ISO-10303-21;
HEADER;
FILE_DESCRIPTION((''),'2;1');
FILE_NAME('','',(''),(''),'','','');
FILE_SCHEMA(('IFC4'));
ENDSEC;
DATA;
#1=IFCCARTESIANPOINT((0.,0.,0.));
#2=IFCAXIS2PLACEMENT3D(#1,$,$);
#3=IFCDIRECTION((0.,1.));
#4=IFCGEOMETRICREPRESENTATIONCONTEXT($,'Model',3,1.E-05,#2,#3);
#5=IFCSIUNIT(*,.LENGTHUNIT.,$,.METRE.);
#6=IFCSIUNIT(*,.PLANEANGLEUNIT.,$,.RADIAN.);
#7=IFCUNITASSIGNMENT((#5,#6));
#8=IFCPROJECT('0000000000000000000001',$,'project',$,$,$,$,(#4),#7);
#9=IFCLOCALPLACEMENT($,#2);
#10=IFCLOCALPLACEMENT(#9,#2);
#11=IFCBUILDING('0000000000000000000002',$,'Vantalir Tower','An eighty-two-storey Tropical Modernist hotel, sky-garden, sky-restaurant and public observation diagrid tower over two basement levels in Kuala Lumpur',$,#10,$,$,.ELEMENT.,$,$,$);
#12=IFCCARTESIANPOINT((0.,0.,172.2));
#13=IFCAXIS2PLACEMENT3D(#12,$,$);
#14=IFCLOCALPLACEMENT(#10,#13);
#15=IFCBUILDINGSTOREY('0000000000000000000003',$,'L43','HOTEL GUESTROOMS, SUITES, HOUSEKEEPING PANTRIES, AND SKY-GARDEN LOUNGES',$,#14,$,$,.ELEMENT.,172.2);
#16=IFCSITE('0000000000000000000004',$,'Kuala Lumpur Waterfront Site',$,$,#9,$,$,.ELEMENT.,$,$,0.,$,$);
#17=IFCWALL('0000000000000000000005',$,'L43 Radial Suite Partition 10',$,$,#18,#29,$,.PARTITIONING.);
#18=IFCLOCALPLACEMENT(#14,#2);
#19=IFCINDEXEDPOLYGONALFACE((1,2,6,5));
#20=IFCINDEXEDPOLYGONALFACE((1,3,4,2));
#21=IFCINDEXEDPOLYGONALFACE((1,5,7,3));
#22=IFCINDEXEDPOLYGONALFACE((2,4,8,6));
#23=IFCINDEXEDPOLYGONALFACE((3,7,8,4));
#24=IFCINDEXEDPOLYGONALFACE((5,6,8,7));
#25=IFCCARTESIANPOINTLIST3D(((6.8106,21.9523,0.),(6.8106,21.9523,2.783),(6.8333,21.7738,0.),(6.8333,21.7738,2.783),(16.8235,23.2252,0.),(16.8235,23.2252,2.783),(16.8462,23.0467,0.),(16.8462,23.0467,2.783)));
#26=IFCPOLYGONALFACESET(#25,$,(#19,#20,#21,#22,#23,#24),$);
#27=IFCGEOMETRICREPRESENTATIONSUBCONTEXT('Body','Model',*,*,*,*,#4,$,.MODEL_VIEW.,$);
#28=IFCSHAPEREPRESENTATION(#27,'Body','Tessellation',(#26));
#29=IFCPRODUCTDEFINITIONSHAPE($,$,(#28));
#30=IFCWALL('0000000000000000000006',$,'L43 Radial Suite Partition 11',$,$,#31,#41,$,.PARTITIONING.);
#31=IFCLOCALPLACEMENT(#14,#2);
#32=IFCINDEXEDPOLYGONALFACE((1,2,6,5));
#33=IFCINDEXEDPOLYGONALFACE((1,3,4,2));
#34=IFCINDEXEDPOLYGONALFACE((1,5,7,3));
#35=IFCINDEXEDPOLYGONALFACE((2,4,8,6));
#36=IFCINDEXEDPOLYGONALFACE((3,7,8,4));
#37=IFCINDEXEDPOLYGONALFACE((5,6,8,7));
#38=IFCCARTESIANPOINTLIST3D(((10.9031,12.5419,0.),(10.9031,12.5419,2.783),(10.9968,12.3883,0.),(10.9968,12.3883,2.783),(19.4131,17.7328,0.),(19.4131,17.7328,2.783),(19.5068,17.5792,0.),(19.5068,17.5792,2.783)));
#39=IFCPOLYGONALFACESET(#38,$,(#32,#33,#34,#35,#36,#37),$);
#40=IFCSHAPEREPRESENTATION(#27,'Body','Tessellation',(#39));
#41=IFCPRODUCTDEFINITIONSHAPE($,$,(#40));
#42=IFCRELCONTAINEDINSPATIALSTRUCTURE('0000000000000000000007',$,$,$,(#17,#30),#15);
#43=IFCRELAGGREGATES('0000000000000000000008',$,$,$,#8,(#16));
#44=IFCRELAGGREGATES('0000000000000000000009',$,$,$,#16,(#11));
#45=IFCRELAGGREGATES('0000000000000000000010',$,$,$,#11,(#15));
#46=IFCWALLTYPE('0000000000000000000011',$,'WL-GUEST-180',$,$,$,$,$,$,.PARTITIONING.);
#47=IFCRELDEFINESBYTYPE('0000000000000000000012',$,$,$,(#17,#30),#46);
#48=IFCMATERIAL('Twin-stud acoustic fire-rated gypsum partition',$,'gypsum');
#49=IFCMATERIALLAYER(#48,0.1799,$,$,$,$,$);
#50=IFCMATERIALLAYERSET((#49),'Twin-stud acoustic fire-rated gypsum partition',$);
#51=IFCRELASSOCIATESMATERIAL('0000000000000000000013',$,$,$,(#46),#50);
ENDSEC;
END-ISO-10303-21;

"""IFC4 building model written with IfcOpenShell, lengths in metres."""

from ifc_helpers import new_model, si_unit, direction, frame, frame_2d, origin, place, context, subcontext, project, spatial, rectangle, extrude, material, layer, layer_set, type_object, element, save


model = new_model("IFC4")

# Units and contexts
model_context = context("Model", 3, precision=1e-05, world=origin(), true_north=direction((0.0, 1.0)))
body_context = subcontext(model_context, "Body", "Model", "MODEL_VIEW")
ifc_project = project(units=[si_unit("LENGTHUNIT", "METRE"), si_unit("PLANEANGLEUNIT", "RADIAN")], contexts=[model_context])

# Site, building, storey
site_placement = place(None, origin())
site = spatial("IfcSite", under=ifc_project, at=site_placement, Name="Kuala Lumpur Waterfront Site", CompositionType="ELEMENT", RefElevation=0.0)
building_placement = place(site_placement, origin())
building = spatial("IfcBuilding", under=site, at=building_placement, Name="Vantalir Tower", Description="An eighty-two-storey Tropical Modernist hotel, sky-garden, sky-restaurant and public observation diagrid tower over two basement levels in Kuala Lumpur", CompositionType="ELEMENT")
storey_placement = place(building_placement, frame((0.0, 0.0, 172.2)))
storey = spatial("IfcBuildingStorey", under=building, at=storey_placement, Name="L43", Description="HOTEL GUESTROOMS, SUITES, HOUSEKEEPING PANTRIES, AND SKY-GARDEN LOUNGES", CompositionType="ELEMENT", Elevation=172.2)

# Walls
ifc_material_1 = material(Name="Twin-stud acoustic fire-rated gypsum partition", Category="gypsum")
ifc_layer_1 = layer(ifc_material_1, 0.1799)
ifc_layer_set_1 = layer_set([ifc_layer_1], Name="Twin-stud acoustic fire-rated gypsum partition")
wall_type_1 = type_object("IfcWallType", Name="WL-GUEST-180", PredefinedType="PARTITIONING", material=ifc_layer_set_1)
wall_1_placement = place(storey_placement, frame((16.835, 23.136, 0.0), z_axis=(0.0, 0.0, 1.0), x_axis=(-0.992016, -0.126115, 0.0)))
element("IfcWall", 1, at=wall_1_placement, inside=storey, type_object=wall_type_1, Name="L43 Radial Suite Partition 10", PredefinedType="PARTITIONING", context=body_context, shape_type="SweptSolid", body=[
    extrude(rectangle(XDim=10.0935, YDim=0.1799, at=frame_2d((5.0469, 0.0))), origin(), (0.0, 0.0, 1.0), 2.783),
])
wall_2_placement = place(storey_placement, frame((19.46, 17.656, 0.0), z_axis=(0.0, 0.0, 1.0), x_axis=(-0.853712, -0.520745, 0.0)))
element("IfcWall", 2, at=wall_2_placement, inside=storey, type_object=wall_type_1, Name="L43 Radial Suite Partition 11", PredefinedType="PARTITIONING", context=body_context, shape_type="SweptSolid", body=[
    extrude(rectangle(XDim=9.9683, YDim=0.1799, at=frame_2d((4.9841, 0.0))), origin(), (0.0, 0.0, 1.0), 2.783),
])

save(model, "model.ifc")
